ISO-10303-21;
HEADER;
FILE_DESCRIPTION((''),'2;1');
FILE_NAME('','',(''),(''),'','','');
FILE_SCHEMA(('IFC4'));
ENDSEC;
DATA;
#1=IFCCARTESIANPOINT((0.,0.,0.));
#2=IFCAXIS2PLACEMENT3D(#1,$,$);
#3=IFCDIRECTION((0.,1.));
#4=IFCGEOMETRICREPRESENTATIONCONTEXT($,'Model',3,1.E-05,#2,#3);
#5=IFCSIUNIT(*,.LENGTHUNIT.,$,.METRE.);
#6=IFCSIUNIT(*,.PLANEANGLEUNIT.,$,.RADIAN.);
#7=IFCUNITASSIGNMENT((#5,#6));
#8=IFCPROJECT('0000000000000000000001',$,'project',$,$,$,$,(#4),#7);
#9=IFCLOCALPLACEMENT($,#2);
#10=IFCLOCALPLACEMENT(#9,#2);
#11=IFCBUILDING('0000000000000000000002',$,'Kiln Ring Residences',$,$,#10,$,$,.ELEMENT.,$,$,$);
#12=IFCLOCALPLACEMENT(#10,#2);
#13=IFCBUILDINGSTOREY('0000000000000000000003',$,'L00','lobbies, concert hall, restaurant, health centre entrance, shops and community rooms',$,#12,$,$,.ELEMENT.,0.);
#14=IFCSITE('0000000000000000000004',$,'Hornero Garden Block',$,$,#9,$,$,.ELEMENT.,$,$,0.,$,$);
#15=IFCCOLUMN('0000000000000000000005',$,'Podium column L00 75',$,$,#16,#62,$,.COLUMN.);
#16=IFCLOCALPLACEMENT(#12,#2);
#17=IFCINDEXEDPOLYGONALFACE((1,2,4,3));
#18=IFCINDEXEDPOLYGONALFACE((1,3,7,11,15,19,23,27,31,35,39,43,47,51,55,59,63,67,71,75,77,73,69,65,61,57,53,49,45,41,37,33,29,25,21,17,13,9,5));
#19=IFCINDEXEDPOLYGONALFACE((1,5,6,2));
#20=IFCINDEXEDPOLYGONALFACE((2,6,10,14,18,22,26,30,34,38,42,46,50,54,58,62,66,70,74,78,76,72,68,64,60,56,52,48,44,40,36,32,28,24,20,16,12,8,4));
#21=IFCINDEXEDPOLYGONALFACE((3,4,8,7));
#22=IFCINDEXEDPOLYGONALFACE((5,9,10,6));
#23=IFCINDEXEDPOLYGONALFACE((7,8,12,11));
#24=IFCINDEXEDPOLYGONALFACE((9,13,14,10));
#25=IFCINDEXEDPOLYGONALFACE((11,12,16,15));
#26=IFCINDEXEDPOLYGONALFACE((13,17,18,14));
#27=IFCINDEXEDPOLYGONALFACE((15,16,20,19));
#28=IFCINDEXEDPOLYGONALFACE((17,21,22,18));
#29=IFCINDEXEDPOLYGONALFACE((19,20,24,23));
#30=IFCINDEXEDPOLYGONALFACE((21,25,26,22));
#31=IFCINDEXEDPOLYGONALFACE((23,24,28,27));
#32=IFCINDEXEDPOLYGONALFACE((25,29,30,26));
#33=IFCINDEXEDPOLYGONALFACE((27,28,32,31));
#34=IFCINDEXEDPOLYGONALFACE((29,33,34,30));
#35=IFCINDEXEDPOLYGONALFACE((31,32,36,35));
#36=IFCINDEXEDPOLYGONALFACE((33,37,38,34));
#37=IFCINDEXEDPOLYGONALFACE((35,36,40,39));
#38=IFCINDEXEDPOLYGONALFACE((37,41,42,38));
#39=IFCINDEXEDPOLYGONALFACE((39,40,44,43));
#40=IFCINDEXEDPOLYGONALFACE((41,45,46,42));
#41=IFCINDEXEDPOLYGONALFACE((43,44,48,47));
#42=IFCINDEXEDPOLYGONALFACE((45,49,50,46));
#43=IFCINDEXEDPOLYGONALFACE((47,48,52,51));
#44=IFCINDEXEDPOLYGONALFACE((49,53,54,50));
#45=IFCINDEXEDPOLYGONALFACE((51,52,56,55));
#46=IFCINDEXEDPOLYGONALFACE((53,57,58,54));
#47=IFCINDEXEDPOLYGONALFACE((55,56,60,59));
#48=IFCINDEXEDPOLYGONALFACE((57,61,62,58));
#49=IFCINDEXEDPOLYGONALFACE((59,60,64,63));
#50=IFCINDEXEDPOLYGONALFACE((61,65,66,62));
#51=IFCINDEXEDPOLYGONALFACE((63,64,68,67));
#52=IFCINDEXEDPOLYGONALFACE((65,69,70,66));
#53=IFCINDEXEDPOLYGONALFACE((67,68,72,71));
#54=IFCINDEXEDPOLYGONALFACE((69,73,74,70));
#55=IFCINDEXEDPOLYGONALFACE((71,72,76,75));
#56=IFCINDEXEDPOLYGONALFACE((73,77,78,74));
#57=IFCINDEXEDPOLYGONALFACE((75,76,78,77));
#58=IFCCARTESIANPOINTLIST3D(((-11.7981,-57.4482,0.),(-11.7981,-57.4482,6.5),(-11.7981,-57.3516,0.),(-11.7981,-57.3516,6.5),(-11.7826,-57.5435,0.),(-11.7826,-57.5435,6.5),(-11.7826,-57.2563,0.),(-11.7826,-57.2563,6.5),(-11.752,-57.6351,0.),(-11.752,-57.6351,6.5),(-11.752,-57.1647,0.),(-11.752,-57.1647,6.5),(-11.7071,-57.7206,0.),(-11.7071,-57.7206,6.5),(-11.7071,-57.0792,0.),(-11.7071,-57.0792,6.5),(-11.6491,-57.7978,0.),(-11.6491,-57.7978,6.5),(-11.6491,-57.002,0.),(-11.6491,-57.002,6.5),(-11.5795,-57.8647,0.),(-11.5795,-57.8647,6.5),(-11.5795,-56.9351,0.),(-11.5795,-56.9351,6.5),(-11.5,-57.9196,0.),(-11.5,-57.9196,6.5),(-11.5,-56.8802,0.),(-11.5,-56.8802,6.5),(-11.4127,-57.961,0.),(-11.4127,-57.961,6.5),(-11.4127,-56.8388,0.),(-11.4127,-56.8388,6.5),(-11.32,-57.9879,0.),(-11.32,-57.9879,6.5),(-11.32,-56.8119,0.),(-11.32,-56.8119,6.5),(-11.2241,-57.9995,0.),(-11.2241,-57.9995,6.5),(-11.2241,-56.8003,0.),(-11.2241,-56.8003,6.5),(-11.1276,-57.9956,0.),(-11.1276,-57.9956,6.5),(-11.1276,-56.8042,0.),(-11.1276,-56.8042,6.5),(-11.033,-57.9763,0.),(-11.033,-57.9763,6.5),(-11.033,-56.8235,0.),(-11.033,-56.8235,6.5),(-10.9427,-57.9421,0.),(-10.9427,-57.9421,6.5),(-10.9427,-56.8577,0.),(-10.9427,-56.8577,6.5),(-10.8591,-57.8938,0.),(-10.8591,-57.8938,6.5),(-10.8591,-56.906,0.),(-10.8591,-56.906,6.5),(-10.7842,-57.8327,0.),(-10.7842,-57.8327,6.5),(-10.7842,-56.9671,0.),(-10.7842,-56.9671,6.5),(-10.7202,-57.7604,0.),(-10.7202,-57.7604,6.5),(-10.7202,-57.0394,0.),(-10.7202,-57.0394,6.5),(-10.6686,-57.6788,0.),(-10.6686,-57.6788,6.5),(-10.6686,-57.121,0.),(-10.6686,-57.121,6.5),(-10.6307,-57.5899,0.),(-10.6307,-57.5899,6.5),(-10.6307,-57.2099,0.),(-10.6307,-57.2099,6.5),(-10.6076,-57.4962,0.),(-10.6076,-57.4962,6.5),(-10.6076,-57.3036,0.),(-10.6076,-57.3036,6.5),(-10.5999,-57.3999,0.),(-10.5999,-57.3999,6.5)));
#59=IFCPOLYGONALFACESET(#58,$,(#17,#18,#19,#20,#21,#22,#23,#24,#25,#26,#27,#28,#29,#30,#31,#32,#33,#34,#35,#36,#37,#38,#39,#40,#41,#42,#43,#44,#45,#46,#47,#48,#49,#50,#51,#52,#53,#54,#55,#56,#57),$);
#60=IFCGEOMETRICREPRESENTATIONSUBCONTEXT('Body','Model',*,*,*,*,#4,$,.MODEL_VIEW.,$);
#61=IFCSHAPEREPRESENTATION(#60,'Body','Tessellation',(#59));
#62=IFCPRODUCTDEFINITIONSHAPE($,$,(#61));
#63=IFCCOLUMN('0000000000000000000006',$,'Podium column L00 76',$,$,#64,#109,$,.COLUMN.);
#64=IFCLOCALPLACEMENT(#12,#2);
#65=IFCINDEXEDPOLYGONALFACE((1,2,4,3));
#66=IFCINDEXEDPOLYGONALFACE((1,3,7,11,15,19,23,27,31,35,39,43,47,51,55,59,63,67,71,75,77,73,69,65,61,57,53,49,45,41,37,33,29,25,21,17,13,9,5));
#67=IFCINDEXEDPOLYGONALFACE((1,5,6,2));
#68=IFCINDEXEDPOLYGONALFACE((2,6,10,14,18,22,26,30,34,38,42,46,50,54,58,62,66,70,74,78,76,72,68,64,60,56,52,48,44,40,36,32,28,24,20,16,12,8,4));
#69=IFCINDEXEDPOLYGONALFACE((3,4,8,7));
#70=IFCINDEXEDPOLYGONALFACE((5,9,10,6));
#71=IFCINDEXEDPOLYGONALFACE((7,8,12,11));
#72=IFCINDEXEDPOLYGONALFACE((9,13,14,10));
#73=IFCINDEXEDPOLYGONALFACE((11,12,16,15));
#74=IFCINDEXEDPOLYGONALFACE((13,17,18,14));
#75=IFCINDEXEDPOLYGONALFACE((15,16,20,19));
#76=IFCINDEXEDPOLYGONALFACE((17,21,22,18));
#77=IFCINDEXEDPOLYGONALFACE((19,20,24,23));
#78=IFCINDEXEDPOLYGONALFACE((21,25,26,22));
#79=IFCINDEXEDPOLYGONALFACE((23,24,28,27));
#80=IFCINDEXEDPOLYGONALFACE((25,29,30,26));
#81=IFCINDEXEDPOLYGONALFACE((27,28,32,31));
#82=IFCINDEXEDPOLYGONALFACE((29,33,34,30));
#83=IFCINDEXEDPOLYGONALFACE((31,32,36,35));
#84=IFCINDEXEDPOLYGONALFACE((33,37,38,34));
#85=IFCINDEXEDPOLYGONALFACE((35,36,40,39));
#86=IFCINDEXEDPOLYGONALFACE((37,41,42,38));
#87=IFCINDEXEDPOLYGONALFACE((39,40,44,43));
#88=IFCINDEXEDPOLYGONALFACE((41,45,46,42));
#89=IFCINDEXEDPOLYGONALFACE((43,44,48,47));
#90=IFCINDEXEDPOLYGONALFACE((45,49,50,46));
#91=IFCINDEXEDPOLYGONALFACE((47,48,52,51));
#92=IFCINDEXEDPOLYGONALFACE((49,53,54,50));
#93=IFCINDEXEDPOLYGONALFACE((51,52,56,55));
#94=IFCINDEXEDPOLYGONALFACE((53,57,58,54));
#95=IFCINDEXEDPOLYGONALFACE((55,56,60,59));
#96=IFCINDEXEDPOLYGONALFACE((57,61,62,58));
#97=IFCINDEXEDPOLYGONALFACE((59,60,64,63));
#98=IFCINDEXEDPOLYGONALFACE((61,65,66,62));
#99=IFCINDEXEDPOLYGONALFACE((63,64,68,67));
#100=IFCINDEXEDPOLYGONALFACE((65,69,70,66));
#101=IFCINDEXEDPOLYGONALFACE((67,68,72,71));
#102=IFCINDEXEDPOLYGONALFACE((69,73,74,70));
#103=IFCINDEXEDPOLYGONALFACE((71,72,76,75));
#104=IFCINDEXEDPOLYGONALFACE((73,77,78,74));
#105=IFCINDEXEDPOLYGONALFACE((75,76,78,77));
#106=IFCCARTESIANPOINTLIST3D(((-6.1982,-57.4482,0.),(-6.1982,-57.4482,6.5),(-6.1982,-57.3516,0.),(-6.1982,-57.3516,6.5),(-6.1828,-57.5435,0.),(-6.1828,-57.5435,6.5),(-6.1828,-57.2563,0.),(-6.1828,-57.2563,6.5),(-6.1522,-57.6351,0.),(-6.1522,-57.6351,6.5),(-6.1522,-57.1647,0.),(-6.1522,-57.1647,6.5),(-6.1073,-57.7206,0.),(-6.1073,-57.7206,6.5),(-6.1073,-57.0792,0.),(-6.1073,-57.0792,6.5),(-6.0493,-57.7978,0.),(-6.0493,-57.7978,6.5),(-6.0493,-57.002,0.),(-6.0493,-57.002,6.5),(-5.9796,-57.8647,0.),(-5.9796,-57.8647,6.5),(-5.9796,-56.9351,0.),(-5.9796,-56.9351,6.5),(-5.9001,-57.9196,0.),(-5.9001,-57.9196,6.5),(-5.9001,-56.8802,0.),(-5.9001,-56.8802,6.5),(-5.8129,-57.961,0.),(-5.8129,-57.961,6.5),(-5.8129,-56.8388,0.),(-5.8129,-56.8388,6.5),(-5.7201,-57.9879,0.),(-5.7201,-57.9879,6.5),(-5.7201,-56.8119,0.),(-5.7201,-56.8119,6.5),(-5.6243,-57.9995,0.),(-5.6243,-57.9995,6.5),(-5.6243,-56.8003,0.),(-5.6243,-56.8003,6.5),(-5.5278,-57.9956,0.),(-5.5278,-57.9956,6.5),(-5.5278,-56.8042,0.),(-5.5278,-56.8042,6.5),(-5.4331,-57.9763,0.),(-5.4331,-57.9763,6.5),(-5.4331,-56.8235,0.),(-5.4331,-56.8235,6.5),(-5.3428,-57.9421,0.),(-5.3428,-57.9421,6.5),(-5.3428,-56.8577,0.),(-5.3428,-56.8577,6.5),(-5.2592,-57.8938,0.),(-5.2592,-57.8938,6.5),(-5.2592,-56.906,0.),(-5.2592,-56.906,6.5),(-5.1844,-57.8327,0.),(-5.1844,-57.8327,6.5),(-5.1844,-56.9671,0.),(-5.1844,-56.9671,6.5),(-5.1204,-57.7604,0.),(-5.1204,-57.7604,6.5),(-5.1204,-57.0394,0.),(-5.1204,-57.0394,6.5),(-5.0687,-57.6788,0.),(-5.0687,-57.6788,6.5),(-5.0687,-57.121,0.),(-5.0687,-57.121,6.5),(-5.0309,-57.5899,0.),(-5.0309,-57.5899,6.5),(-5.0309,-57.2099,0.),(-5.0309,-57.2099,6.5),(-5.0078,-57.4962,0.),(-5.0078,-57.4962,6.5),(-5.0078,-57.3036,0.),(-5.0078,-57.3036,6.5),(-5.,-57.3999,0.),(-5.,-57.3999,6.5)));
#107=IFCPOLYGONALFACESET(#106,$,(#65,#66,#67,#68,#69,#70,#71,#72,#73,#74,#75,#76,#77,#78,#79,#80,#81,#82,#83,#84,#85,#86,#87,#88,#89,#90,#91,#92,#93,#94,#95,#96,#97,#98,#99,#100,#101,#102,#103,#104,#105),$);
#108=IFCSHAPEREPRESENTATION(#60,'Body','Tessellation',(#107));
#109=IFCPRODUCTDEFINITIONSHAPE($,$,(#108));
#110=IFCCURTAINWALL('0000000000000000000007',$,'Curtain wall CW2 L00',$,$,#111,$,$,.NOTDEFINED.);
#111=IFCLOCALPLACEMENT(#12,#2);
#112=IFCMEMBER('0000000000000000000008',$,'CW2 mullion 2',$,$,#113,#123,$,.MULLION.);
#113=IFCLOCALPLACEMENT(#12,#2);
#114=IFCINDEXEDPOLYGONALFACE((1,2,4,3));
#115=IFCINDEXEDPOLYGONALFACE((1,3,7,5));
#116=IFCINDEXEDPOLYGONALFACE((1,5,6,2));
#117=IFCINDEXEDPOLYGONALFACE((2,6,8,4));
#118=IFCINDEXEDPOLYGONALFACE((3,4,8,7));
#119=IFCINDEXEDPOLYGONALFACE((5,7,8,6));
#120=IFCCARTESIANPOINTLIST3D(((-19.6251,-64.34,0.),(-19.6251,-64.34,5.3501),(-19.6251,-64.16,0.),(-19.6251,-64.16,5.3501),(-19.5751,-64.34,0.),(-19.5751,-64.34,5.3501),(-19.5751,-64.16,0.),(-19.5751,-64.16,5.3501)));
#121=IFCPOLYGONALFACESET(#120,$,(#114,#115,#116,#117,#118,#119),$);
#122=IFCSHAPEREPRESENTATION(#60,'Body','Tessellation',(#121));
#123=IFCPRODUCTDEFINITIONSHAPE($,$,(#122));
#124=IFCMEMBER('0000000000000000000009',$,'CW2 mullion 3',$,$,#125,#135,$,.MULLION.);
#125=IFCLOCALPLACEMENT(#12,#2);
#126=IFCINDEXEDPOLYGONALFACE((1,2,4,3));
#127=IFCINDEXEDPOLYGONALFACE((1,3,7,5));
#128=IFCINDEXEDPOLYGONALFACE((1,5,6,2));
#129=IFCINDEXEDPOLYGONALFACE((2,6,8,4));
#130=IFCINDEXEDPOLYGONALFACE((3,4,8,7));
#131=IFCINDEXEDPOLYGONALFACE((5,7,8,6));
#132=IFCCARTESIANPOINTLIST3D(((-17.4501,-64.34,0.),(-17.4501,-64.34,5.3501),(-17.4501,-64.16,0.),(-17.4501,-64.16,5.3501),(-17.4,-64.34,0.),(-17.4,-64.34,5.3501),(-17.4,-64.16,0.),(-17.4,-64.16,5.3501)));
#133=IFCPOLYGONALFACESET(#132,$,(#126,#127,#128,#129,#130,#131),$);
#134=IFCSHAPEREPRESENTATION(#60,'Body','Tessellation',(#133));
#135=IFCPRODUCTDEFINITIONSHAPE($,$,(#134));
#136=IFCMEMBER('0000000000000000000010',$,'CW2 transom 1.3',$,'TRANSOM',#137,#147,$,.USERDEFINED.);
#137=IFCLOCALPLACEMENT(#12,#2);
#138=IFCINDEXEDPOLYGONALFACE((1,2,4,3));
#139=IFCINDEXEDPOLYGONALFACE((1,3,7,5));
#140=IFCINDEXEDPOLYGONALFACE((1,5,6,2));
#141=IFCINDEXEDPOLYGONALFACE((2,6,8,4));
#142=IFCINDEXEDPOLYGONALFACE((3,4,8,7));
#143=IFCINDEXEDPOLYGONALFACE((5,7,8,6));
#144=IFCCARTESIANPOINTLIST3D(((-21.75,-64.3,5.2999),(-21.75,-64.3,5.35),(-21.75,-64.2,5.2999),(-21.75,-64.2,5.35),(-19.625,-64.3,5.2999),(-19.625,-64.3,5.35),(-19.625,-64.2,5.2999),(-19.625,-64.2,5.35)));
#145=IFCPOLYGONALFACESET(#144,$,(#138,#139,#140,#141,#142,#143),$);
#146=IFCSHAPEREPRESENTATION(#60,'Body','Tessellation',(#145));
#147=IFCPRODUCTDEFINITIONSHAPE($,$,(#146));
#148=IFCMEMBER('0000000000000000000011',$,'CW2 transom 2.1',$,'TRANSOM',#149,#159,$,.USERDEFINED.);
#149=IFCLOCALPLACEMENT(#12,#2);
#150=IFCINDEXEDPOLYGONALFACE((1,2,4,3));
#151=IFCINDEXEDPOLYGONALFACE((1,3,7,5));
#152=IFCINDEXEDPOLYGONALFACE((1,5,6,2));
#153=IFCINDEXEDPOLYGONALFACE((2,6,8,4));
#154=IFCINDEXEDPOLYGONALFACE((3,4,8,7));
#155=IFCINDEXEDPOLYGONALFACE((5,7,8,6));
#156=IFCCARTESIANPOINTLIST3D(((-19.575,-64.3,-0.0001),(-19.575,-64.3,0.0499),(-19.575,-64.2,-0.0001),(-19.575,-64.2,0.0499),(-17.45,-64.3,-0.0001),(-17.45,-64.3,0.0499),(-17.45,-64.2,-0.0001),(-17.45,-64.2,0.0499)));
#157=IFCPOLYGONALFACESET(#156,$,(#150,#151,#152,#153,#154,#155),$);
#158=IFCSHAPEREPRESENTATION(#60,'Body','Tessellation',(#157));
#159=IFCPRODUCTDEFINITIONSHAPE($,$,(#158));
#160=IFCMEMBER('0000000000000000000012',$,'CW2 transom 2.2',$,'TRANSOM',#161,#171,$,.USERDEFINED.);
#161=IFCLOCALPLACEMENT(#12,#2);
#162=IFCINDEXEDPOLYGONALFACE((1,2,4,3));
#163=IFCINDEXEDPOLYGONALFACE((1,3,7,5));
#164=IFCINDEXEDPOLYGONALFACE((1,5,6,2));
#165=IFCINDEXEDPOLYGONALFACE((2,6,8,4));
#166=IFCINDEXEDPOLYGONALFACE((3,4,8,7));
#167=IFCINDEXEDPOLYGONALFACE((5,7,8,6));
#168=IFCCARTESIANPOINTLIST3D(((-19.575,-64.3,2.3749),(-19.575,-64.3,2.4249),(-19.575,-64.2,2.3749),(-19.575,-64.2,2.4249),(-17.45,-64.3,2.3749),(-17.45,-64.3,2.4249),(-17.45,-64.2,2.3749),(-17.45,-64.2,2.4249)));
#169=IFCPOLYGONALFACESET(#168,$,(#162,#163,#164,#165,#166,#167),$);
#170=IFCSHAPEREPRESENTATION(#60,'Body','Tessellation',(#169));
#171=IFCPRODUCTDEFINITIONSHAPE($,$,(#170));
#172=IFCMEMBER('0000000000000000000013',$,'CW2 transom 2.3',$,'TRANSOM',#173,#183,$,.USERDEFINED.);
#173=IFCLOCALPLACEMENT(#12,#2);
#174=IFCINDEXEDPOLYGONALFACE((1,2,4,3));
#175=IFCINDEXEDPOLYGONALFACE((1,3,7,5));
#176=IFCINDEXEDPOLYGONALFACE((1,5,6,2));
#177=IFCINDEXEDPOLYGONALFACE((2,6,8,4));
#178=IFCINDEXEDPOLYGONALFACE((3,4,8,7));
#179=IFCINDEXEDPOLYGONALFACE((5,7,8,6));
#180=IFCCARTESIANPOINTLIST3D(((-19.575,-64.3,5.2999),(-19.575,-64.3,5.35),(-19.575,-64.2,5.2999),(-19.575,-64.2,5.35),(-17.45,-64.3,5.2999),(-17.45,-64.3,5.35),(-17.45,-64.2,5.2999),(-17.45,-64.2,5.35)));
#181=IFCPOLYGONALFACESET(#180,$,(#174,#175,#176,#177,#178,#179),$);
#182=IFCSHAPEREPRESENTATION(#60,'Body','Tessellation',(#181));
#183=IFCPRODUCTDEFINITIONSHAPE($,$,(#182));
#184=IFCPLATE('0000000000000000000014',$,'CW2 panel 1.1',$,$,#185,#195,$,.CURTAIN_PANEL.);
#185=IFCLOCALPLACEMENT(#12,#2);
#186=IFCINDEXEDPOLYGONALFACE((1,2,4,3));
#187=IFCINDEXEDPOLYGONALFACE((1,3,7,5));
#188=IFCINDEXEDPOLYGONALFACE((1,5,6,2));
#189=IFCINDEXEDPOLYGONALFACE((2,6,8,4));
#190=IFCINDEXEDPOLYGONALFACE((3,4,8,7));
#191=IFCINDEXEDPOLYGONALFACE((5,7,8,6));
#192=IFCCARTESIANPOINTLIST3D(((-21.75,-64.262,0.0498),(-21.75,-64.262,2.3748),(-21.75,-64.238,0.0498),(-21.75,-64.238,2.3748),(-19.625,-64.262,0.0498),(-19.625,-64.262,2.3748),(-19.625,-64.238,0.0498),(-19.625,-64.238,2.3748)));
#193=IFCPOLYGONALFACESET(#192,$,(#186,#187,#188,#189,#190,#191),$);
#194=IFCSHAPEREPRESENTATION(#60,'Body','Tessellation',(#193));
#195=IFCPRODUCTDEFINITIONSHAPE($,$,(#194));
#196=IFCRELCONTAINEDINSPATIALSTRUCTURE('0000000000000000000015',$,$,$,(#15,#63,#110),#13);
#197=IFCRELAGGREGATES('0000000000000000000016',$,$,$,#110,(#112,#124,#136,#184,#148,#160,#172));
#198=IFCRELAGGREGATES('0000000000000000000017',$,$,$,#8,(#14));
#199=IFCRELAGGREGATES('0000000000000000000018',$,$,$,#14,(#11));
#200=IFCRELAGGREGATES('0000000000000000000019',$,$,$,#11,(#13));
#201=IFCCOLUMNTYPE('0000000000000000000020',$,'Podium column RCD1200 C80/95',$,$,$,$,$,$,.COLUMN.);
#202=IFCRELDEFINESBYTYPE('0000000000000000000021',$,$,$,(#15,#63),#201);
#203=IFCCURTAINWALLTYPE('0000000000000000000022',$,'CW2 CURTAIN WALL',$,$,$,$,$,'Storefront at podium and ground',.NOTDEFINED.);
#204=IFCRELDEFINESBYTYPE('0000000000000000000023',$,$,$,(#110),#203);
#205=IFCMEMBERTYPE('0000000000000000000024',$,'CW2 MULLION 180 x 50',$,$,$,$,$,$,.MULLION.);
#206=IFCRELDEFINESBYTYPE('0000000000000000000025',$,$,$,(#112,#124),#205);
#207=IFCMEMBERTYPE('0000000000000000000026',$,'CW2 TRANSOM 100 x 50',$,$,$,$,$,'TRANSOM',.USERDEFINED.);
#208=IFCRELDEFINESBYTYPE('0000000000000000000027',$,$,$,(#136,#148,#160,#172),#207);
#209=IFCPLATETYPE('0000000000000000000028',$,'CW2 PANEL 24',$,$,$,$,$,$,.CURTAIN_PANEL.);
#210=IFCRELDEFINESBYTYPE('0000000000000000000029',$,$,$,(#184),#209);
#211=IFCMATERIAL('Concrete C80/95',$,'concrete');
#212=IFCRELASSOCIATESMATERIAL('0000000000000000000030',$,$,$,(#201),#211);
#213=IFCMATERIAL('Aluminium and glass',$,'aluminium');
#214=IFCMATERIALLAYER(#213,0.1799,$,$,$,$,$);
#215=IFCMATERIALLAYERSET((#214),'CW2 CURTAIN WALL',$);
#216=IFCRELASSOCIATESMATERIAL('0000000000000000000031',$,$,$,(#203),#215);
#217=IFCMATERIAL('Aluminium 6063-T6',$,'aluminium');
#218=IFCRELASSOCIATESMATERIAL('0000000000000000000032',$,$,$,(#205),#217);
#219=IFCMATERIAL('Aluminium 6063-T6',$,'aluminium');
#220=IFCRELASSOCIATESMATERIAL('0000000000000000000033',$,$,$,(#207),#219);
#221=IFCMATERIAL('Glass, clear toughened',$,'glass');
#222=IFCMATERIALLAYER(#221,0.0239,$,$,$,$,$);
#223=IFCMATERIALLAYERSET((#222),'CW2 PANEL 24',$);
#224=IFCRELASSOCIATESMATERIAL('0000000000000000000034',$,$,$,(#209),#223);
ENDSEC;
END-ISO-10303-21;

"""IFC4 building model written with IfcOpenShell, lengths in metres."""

from ifc_helpers import new_model, si_unit, direction, frame, origin, origin_2d, place, context, subcontext, project, spatial, rectangle, circle, extrude, material, layer, layer_set, material_profile, profile_set, type_object, element, aggregate, save


model = new_model("IFC4")

# Units and contexts
model_context = context("Model", 3, precision=1e-05, world=origin(), true_north=direction((0.0, 1.0)))
body_context = subcontext(model_context, "Body", "Model", "MODEL_VIEW")
ifc_project = project(units=[si_unit("LENGTHUNIT", "METRE"), si_unit("PLANEANGLEUNIT", "RADIAN")], contexts=[model_context])

# Site, building, storey
site_placement = place(None, origin())
site = spatial("IfcSite", under=ifc_project, at=site_placement, Name="Hornero Garden Block", CompositionType="ELEMENT", RefElevation=0.0)
building_placement = place(site_placement, origin())
building = spatial("IfcBuilding", under=site, at=building_placement, Name="Kiln Ring Residences", CompositionType="ELEMENT")
storey_placement = place(building_placement, origin())
storey = spatial("IfcBuildingStorey", under=building, at=storey_placement, Name="L00", Description="lobbies, concert hall, restaurant, health centre entrance, shops and community rooms", CompositionType="ELEMENT", Elevation=0.0)

# Columns
ifc_material_1 = material(Name="Concrete C80/95", Category="concrete")
ifc_material_profile_1 = material_profile(ifc_material_1, circle(Radius=0.6001, at=origin_2d()), Name="RCD1200")
ifc_profile_set_1 = profile_set([ifc_material_profile_1], Name="Concrete C80/95")
column_type = type_object("IfcColumnType", Name="Podium column RCD1200 C80/95", PredefinedType="COLUMN", material=ifc_profile_set_1)
for number, where, z_axis, x_axis, name in (
    (1, (-11.2, -57.3999, 0.0), (0.0, 0.0, 1.0), (1.0, 0.0, 0.0), "Podium column L00 75"),
    (2, (-5.6001, -57.3999, 0.0), (0.0, 0.0, 1.0), (1.0, 0.0, 0.0), "Podium column L00 76"),
):
    element("IfcColumn", number, at=place(storey_placement, frame(where, z_axis=z_axis, x_axis=x_axis)), inside=storey, type_object=column_type, Name=name, PredefinedType="COLUMN", context=body_context, shape_type="SweptSolid", body=[
        extrude(circle(Radius=0.6001, at=origin_2d()), origin(), (0.0, 0.0, 1.0), 6.5),
    ])

# Curtain wall, members, plate
ifc_material_2 = material(Name="Aluminium and glass", Category="aluminium")
ifc_layer_1 = layer(ifc_material_2, 0.1799)
ifc_layer_set_1 = layer_set([ifc_layer_1], Name="CW2 CURTAIN WALL")
curtain_wall_type = type_object("IfcCurtainWallType", Name="CW2 CURTAIN WALL", ElementType="Storefront at podium and ground", PredefinedType="NOTDEFINED", material=ifc_layer_set_1)
curtain_wall_placement = place(storey_placement, origin())
curtain_wall = element("IfcCurtainWall", 3, at=curtain_wall_placement, inside=storey, type_object=curtain_wall_type, Name="Curtain wall CW2 L00", PredefinedType="NOTDEFINED")
ifc_material_3 = material(Name="Aluminium 6063-T6", Category="aluminium")
ifc_material_profile_2 = material_profile(ifc_material_3, rectangle(XDim=0.1799, YDim=0.05, at=origin_2d()), Name="AL 180x50")
ifc_profile_set_2 = profile_set([ifc_material_profile_2], Name="Aluminium 6063-T6")
member_type_1 = type_object("IfcMemberType", Name="CW2 MULLION 180 x 50", PredefinedType="MULLION", material=ifc_profile_set_2)
member_1_placement = place(storey_placement, frame((-19.6001, -64.25, 0.0), z_axis=(0.0, 0.0, 1.0), x_axis=(0.0, 1.0, 0.0)))
member_1 = element("IfcMember", 4, at=member_1_placement, type_object=member_type_1, Name="CW2 mullion 2", PredefinedType="MULLION", context=body_context, shape_type="SweptSolid", body=[
    extrude(rectangle(XDim=0.1799, YDim=0.05, at=origin_2d()), origin(), (0.0, 0.0, 1.0), 5.3501),
])
member_2_placement = place(storey_placement, frame((-17.425, -64.25, 0.0), z_axis=(0.0, 0.0, 1.0), x_axis=(0.0, 1.0, 0.0)))
member_2 = element("IfcMember", 5, at=member_2_placement, type_object=member_type_1, Name="CW2 mullion 3", PredefinedType="MULLION", context=body_context, shape_type="SweptSolid", body=[
    extrude(rectangle(XDim=0.1799, YDim=0.05, at=origin_2d()), origin(), (0.0, 0.0, 1.0), 5.3501),
])
ifc_material_4 = material(Name="Aluminium 6063-T6", Category="aluminium")
ifc_material_profile_3 = material_profile(ifc_material_4, rectangle(XDim=0.1001, YDim=0.05, at=origin_2d()), Name="AL 100x50")
ifc_profile_set_3 = profile_set([ifc_material_profile_3], Name="Aluminium 6063-T6")
member_type_2 = type_object("IfcMemberType", Name="CW2 TRANSOM 100 x 50", ElementType="TRANSOM", PredefinedType="USERDEFINED", material=ifc_profile_set_3)
member_3_placement = place(storey_placement, frame((-21.75, -64.25, 5.325), z_axis=(1.0, 0.0, 0.0), x_axis=(0.0, 1.0, 0.0)))
member_3 = element("IfcMember", 6, at=member_3_placement, type_object=member_type_2, Name="CW2 transom 1.3", ObjectType="TRANSOM", PredefinedType="USERDEFINED", context=body_context, shape_type="SweptSolid", body=[
    extrude(rectangle(XDim=0.1001, YDim=0.05, at=origin_2d()), origin(), (0.0, 0.0, 1.0), 2.125),
])
member_4_placement = place(storey_placement, frame((-19.575, -64.25, 0.0249), z_axis=(1.0, 0.0, 0.0), x_axis=(0.0, 1.0, 0.0)))
member_4 = element("IfcMember", 7, at=member_4_placement, type_object=member_type_2, Name="CW2 transom 2.1", ObjectType="TRANSOM", PredefinedType="USERDEFINED", context=body_context, shape_type="SweptSolid", body=[
    extrude(rectangle(XDim=0.1001, YDim=0.05, at=origin_2d()), origin(), (0.0, 0.0, 1.0), 2.125),
])
member_5_placement = place(storey_placement, frame((-19.575, -64.25, 2.3999), z_axis=(1.0, 0.0, 0.0), x_axis=(0.0, 1.0, 0.0)))
member_5 = element("IfcMember", 8, at=member_5_placement, type_object=member_type_2, Name="CW2 transom 2.2", ObjectType="TRANSOM", PredefinedType="USERDEFINED", context=body_context, shape_type="SweptSolid", body=[
    extrude(rectangle(XDim=0.1001, YDim=0.05, at=origin_2d()), origin(), (0.0, 0.0, 1.0), 2.125),
])
member_6_placement = place(storey_placement, frame((-19.575, -64.25, 5.325), z_axis=(1.0, 0.0, 0.0), x_axis=(0.0, 1.0, 0.0)))
member_6 = element("IfcMember", 9, at=member_6_placement, type_object=member_type_2, Name="CW2 transom 2.3", ObjectType="TRANSOM", PredefinedType="USERDEFINED", context=body_context, shape_type="SweptSolid", body=[
    extrude(rectangle(XDim=0.1001, YDim=0.05, at=origin_2d()), origin(), (0.0, 0.0, 1.0), 2.125),
])
ifc_material_5 = material(Name="Glass, clear toughened", Category="glass")
ifc_layer_2 = layer(ifc_material_5, 0.0239)
ifc_layer_set_2 = layer_set([ifc_layer_2], Name="CW2 PANEL 24")
plate_type = type_object("IfcPlateType", Name="CW2 PANEL 24", PredefinedType="CURTAIN_PANEL", material=ifc_layer_set_2)
plate_1_placement = place(storey_placement, frame((-20.6875, -64.25, 0.0498), z_axis=(0.0, 0.0, 1.0), x_axis=(1.0, 0.0, 0.0)))
plate_1 = element("IfcPlate", 10, at=plate_1_placement, type_object=plate_type, Name="CW2 panel 1.1", PredefinedType="CURTAIN_PANEL", context=body_context, shape_type="SweptSolid", body=[
    extrude(rectangle(XDim=2.125, YDim=0.0239, at=origin_2d()), origin(), (0.0, 0.0, 1.0), 2.325),
])
aggregate(curtain_wall, [member_1, member_2, member_3, plate_1, member_4, member_5, member_6])

save(model, "model.ifc")
